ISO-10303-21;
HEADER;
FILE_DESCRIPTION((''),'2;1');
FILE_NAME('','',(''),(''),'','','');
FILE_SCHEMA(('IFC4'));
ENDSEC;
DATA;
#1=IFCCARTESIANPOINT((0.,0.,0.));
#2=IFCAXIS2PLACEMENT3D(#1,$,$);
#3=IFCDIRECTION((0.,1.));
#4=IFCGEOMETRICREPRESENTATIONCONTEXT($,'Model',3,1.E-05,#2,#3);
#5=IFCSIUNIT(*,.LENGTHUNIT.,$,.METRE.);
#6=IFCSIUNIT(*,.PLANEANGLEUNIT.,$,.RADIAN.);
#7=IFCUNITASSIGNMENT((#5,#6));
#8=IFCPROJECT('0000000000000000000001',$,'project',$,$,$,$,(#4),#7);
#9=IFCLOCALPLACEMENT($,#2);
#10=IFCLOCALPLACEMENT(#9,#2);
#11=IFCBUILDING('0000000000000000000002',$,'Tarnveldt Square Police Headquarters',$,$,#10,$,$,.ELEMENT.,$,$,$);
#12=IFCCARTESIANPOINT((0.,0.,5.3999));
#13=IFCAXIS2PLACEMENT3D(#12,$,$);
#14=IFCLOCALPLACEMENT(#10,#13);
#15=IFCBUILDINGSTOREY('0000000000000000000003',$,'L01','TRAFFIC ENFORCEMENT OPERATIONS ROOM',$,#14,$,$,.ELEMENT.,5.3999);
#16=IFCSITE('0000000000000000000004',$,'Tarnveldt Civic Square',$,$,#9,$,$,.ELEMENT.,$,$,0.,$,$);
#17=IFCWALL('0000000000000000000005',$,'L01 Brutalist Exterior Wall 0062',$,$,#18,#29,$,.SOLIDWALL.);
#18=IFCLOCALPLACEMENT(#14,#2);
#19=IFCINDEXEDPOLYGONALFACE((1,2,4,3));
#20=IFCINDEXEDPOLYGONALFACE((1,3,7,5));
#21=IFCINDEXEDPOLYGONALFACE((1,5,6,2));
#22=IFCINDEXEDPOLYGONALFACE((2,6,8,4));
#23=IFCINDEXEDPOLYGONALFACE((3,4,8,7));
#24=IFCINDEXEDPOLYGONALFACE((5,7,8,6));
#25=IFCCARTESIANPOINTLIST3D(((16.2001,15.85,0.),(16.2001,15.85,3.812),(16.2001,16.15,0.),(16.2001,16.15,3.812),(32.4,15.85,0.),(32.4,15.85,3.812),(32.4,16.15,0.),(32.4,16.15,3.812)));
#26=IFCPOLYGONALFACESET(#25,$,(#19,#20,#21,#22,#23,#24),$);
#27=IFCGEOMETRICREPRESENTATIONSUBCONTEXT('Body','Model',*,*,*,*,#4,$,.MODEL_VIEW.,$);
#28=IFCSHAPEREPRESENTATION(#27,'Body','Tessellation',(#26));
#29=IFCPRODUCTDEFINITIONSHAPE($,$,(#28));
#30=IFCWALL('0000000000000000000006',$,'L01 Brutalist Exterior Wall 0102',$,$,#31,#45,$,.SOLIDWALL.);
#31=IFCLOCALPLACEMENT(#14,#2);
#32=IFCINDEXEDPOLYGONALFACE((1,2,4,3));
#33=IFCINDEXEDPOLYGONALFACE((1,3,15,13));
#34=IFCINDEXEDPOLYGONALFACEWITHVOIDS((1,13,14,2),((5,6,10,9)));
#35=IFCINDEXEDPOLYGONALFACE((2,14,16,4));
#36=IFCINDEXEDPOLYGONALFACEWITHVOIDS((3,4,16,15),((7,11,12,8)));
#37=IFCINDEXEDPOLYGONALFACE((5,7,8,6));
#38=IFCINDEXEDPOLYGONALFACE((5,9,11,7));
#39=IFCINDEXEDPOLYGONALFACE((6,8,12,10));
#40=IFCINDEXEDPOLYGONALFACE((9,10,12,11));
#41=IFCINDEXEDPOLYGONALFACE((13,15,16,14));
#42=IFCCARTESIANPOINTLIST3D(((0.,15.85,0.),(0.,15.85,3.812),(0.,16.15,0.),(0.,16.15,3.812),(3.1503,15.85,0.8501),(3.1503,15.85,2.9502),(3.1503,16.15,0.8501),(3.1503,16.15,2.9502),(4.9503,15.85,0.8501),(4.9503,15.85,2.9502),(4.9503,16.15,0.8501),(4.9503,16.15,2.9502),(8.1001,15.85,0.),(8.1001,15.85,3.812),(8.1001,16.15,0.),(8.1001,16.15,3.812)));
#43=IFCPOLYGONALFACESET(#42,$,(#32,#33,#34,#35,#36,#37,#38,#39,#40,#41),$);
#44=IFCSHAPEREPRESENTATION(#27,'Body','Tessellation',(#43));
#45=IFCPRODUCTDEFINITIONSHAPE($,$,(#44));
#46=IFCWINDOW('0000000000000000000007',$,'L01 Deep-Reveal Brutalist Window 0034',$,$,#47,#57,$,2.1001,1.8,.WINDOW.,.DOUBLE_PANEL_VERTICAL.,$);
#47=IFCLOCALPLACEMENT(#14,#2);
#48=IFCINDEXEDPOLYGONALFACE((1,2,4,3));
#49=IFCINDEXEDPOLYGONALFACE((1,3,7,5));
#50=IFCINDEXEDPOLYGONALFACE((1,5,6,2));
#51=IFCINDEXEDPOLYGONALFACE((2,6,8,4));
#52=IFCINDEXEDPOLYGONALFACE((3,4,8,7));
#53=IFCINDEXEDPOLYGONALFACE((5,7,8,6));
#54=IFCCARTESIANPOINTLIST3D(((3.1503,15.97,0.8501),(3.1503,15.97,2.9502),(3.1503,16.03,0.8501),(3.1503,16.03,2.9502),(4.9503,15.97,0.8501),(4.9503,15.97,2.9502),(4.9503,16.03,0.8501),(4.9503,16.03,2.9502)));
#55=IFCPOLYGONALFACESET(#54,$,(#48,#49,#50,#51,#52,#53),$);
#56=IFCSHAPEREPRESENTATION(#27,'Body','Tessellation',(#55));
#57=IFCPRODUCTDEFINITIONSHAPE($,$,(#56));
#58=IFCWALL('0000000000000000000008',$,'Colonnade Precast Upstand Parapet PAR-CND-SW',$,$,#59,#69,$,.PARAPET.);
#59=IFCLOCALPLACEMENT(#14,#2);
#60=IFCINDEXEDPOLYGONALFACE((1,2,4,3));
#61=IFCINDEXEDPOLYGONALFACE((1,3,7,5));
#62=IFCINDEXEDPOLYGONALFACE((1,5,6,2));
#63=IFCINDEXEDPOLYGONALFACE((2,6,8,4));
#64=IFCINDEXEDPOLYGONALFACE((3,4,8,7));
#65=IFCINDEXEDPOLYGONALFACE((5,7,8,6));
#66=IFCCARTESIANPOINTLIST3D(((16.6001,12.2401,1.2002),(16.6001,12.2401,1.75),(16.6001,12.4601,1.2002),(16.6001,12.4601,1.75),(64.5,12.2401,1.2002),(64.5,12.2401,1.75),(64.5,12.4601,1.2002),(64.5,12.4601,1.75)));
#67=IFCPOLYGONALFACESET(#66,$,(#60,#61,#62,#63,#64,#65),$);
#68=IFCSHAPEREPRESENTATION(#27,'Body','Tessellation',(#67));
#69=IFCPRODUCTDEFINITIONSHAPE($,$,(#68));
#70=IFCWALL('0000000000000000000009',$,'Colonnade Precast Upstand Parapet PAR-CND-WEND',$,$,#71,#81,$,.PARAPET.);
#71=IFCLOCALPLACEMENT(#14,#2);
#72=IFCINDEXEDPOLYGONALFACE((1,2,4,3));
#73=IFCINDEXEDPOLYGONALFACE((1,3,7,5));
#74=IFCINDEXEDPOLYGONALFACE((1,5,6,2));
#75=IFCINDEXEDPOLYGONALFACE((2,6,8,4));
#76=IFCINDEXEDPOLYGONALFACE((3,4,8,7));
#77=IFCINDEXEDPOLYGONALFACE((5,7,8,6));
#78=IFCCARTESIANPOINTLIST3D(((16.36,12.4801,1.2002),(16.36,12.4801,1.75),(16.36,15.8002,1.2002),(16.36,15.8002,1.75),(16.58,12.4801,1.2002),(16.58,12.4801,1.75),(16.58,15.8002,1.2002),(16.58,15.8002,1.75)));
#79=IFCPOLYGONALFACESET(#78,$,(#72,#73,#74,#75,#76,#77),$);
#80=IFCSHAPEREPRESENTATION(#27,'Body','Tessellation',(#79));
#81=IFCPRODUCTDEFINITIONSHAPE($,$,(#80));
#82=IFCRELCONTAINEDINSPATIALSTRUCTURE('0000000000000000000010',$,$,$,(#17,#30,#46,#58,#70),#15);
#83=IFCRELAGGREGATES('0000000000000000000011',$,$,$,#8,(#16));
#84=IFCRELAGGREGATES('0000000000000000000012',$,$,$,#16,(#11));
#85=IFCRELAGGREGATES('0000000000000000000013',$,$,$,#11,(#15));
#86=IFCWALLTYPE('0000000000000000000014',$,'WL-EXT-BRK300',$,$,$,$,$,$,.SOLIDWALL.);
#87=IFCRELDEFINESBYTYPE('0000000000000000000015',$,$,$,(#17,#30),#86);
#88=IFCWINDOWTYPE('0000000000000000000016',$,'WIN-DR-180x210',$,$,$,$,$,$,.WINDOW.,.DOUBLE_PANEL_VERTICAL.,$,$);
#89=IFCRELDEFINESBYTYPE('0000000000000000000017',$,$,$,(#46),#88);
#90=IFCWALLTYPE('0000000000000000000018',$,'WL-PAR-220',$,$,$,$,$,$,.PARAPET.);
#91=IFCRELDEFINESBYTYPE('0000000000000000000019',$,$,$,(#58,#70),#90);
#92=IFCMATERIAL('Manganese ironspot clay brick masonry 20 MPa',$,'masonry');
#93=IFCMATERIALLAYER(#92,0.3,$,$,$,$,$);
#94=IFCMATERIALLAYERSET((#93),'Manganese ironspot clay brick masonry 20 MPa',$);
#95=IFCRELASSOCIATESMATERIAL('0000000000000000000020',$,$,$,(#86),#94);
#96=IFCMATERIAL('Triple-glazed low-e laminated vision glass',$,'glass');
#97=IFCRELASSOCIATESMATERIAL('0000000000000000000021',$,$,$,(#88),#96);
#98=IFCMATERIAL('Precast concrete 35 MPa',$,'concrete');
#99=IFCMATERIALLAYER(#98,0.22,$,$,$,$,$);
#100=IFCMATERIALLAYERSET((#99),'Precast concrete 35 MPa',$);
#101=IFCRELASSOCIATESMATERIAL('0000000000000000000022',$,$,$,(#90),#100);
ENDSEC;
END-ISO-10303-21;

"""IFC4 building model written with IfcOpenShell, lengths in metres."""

from ifc_helpers import new_model, si_unit, direction, frame, frame_2d, origin, place, context, subcontext, project, spatial, rectangle, extrude, material, layer, layer_set, type_object, element, fill, save


model = new_model("IFC4")

# Units and contexts
model_context = context("Model", 3, precision=1e-05, world=origin(), true_north=direction((0.0, 1.0)))
body_context = subcontext(model_context, "Body", "Model", "MODEL_VIEW")
ifc_project = project(units=[si_unit("LENGTHUNIT", "METRE"), si_unit("PLANEANGLEUNIT", "RADIAN")], contexts=[model_context])

# Site, building, storey
site_placement = place(None, origin())
site = spatial("IfcSite", under=ifc_project, at=site_placement, Name="Tarnveldt Civic Square", CompositionType="ELEMENT", RefElevation=0.0)
building_placement = place(site_placement, origin())
building = spatial("IfcBuilding", under=site, at=building_placement, Name="Tarnveldt Square Police Headquarters", CompositionType="ELEMENT")
storey_placement = place(building_placement, frame((0.0, 0.0, 5.3999)))
storey = spatial("IfcBuildingStorey", under=building, at=storey_placement, Name="L01", Description="TRAFFIC ENFORCEMENT OPERATIONS ROOM", CompositionType="ELEMENT", Elevation=5.3999)

# Wall
ifc_material_1 = material(Name="Manganese ironspot clay brick masonry 20 MPa", Category="masonry")
ifc_layer_1 = layer(ifc_material_1, 0.3)
ifc_layer_set_1 = layer_set([ifc_layer_1], Name="Manganese ironspot clay brick masonry 20 MPa")
wall_type_1 = type_object("IfcWallType", Name="WL-EXT-BRK300", PredefinedType="SOLIDWALL", material=ifc_layer_set_1)
wall_1_placement = place(storey_placement, frame((16.2, 16.0, 0.0), z_axis=(0.0, 0.0, 1.0), x_axis=(1.0, 0.0, 0.0)))
element("IfcWall", 1, at=wall_1_placement, inside=storey, type_object=wall_type_1, Name="L01 Brutalist Exterior Wall 0062", PredefinedType="SOLIDWALL", context=body_context, shape_type="SweptSolid", body=[
    extrude(rectangle(XDim=16.2, YDim=0.3, at=frame_2d((8.1001, 0.0))), origin(), (0.0, 0.0, 1.0), 3.812),
])

# Wall, opening, window
wall_2_placement = place(storey_placement, frame((8.1001, 16.0, 0.0), z_axis=(0.0, 0.0, 1.0), x_axis=(-1.0, 0.0, 0.0)))
wall_2 = element("IfcWall", 2, at=wall_2_placement, inside=storey, type_object=wall_type_1, Name="L01 Brutalist Exterior Wall 0102", PredefinedType="SOLIDWALL", context=body_context, shape_type="SweptSolid", body=[
    extrude(rectangle(XDim=8.1001, YDim=0.3, at=frame_2d((4.05, 0.0))), origin(), (0.0, 0.0, 1.0), 3.812),
])
opening_1_placement = place(wall_2_placement, frame((3.1499, 0.0, 0.8501)))
opening_1 = element("IfcOpeningElement", 3, at=opening_1_placement, cuts=wall_2, PredefinedType="OPENING", context=body_context, shape_type="SweptSolid", body=[
    extrude(rectangle(XDim=1.8, YDim=2.1001, at=frame_2d((0.8999, 1.05))), frame((0.0, 0.1599, 0.0), z_axis=(0.0, -1.0, 0.0), x_axis=(1.0, 0.0, 0.0)), (0.0, 0.0, 1.0), 0.3201),
])
ifc_material_2 = material(Name="Triple-glazed low-e laminated vision glass", Category="glass")
window_type = type_object("IfcWindowType", Name="WIN-DR-180x210", PartitioningType="DOUBLE_PANEL_VERTICAL", PredefinedType="WINDOW", material=ifc_material_2)
window_placement = place(opening_1_placement, origin())
window = element("IfcWindow", 4, at=window_placement, inside=storey, type_object=window_type, Name="L01 Deep-Reveal Brutalist Window 0034", OverallHeight=2.1001, OverallWidth=1.8, PartitioningType="DOUBLE_PANEL_VERTICAL", PredefinedType="WINDOW", context=body_context, shape_type="SweptSolid", body=[
    extrude(rectangle(XDim=1.8, YDim=2.1001, at=frame_2d((0.8999, 1.05))), frame((0.0, 0.03, 0.0), z_axis=(0.0, -1.0, 0.0), x_axis=(1.0, 0.0, 0.0)), (0.0, 0.0, 1.0), 0.0601),
])
fill(opening_1, window)

# Walls
ifc_material_3 = material(Name="Precast concrete 35 MPa", Category="concrete")
ifc_layer_2 = layer(ifc_material_3, 0.22)
ifc_layer_set_2 = layer_set([ifc_layer_2], Name="Precast concrete 35 MPa")
wall_type_2 = type_object("IfcWallType", Name="WL-PAR-220", PredefinedType="PARAPET", material=ifc_layer_set_2)
wall_3_placement = place(storey_placement, frame((16.6001, 12.3501, 1.2002), z_axis=(0.0, 0.0, 1.0), x_axis=(1.0, 0.0, 0.0)))
element("IfcWall", 5, at=wall_3_placement, inside=storey, type_object=wall_type_2, Name="Colonnade Precast Upstand Parapet PAR-CND-SW", PredefinedType="PARAPET", context=body_context, shape_type="SweptSolid", body=[
    extrude(rectangle(XDim=47.8999, YDim=0.22, at=frame_2d((23.95, 0.0))), origin(), (0.0, 0.0, 1.0), 0.5498),
])
wall_4_placement = place(storey_placement, frame((16.47, 12.48, 1.2002), z_axis=(0.0, 0.0, 1.0), x_axis=(0.0, 1.0, 0.0)))
element("IfcWall", 6, at=wall_4_placement, inside=storey, type_object=wall_type_2, Name="Colonnade Precast Upstand Parapet PAR-CND-WEND", PredefinedType="PARAPET", context=body_context, shape_type="SweptSolid", body=[
    extrude(rectangle(XDim=3.3201, YDim=0.22, at=frame_2d((1.6602, 0.0))), origin(), (0.0, 0.0, 1.0), 0.5498),
])

save(model, "model.ifc")
